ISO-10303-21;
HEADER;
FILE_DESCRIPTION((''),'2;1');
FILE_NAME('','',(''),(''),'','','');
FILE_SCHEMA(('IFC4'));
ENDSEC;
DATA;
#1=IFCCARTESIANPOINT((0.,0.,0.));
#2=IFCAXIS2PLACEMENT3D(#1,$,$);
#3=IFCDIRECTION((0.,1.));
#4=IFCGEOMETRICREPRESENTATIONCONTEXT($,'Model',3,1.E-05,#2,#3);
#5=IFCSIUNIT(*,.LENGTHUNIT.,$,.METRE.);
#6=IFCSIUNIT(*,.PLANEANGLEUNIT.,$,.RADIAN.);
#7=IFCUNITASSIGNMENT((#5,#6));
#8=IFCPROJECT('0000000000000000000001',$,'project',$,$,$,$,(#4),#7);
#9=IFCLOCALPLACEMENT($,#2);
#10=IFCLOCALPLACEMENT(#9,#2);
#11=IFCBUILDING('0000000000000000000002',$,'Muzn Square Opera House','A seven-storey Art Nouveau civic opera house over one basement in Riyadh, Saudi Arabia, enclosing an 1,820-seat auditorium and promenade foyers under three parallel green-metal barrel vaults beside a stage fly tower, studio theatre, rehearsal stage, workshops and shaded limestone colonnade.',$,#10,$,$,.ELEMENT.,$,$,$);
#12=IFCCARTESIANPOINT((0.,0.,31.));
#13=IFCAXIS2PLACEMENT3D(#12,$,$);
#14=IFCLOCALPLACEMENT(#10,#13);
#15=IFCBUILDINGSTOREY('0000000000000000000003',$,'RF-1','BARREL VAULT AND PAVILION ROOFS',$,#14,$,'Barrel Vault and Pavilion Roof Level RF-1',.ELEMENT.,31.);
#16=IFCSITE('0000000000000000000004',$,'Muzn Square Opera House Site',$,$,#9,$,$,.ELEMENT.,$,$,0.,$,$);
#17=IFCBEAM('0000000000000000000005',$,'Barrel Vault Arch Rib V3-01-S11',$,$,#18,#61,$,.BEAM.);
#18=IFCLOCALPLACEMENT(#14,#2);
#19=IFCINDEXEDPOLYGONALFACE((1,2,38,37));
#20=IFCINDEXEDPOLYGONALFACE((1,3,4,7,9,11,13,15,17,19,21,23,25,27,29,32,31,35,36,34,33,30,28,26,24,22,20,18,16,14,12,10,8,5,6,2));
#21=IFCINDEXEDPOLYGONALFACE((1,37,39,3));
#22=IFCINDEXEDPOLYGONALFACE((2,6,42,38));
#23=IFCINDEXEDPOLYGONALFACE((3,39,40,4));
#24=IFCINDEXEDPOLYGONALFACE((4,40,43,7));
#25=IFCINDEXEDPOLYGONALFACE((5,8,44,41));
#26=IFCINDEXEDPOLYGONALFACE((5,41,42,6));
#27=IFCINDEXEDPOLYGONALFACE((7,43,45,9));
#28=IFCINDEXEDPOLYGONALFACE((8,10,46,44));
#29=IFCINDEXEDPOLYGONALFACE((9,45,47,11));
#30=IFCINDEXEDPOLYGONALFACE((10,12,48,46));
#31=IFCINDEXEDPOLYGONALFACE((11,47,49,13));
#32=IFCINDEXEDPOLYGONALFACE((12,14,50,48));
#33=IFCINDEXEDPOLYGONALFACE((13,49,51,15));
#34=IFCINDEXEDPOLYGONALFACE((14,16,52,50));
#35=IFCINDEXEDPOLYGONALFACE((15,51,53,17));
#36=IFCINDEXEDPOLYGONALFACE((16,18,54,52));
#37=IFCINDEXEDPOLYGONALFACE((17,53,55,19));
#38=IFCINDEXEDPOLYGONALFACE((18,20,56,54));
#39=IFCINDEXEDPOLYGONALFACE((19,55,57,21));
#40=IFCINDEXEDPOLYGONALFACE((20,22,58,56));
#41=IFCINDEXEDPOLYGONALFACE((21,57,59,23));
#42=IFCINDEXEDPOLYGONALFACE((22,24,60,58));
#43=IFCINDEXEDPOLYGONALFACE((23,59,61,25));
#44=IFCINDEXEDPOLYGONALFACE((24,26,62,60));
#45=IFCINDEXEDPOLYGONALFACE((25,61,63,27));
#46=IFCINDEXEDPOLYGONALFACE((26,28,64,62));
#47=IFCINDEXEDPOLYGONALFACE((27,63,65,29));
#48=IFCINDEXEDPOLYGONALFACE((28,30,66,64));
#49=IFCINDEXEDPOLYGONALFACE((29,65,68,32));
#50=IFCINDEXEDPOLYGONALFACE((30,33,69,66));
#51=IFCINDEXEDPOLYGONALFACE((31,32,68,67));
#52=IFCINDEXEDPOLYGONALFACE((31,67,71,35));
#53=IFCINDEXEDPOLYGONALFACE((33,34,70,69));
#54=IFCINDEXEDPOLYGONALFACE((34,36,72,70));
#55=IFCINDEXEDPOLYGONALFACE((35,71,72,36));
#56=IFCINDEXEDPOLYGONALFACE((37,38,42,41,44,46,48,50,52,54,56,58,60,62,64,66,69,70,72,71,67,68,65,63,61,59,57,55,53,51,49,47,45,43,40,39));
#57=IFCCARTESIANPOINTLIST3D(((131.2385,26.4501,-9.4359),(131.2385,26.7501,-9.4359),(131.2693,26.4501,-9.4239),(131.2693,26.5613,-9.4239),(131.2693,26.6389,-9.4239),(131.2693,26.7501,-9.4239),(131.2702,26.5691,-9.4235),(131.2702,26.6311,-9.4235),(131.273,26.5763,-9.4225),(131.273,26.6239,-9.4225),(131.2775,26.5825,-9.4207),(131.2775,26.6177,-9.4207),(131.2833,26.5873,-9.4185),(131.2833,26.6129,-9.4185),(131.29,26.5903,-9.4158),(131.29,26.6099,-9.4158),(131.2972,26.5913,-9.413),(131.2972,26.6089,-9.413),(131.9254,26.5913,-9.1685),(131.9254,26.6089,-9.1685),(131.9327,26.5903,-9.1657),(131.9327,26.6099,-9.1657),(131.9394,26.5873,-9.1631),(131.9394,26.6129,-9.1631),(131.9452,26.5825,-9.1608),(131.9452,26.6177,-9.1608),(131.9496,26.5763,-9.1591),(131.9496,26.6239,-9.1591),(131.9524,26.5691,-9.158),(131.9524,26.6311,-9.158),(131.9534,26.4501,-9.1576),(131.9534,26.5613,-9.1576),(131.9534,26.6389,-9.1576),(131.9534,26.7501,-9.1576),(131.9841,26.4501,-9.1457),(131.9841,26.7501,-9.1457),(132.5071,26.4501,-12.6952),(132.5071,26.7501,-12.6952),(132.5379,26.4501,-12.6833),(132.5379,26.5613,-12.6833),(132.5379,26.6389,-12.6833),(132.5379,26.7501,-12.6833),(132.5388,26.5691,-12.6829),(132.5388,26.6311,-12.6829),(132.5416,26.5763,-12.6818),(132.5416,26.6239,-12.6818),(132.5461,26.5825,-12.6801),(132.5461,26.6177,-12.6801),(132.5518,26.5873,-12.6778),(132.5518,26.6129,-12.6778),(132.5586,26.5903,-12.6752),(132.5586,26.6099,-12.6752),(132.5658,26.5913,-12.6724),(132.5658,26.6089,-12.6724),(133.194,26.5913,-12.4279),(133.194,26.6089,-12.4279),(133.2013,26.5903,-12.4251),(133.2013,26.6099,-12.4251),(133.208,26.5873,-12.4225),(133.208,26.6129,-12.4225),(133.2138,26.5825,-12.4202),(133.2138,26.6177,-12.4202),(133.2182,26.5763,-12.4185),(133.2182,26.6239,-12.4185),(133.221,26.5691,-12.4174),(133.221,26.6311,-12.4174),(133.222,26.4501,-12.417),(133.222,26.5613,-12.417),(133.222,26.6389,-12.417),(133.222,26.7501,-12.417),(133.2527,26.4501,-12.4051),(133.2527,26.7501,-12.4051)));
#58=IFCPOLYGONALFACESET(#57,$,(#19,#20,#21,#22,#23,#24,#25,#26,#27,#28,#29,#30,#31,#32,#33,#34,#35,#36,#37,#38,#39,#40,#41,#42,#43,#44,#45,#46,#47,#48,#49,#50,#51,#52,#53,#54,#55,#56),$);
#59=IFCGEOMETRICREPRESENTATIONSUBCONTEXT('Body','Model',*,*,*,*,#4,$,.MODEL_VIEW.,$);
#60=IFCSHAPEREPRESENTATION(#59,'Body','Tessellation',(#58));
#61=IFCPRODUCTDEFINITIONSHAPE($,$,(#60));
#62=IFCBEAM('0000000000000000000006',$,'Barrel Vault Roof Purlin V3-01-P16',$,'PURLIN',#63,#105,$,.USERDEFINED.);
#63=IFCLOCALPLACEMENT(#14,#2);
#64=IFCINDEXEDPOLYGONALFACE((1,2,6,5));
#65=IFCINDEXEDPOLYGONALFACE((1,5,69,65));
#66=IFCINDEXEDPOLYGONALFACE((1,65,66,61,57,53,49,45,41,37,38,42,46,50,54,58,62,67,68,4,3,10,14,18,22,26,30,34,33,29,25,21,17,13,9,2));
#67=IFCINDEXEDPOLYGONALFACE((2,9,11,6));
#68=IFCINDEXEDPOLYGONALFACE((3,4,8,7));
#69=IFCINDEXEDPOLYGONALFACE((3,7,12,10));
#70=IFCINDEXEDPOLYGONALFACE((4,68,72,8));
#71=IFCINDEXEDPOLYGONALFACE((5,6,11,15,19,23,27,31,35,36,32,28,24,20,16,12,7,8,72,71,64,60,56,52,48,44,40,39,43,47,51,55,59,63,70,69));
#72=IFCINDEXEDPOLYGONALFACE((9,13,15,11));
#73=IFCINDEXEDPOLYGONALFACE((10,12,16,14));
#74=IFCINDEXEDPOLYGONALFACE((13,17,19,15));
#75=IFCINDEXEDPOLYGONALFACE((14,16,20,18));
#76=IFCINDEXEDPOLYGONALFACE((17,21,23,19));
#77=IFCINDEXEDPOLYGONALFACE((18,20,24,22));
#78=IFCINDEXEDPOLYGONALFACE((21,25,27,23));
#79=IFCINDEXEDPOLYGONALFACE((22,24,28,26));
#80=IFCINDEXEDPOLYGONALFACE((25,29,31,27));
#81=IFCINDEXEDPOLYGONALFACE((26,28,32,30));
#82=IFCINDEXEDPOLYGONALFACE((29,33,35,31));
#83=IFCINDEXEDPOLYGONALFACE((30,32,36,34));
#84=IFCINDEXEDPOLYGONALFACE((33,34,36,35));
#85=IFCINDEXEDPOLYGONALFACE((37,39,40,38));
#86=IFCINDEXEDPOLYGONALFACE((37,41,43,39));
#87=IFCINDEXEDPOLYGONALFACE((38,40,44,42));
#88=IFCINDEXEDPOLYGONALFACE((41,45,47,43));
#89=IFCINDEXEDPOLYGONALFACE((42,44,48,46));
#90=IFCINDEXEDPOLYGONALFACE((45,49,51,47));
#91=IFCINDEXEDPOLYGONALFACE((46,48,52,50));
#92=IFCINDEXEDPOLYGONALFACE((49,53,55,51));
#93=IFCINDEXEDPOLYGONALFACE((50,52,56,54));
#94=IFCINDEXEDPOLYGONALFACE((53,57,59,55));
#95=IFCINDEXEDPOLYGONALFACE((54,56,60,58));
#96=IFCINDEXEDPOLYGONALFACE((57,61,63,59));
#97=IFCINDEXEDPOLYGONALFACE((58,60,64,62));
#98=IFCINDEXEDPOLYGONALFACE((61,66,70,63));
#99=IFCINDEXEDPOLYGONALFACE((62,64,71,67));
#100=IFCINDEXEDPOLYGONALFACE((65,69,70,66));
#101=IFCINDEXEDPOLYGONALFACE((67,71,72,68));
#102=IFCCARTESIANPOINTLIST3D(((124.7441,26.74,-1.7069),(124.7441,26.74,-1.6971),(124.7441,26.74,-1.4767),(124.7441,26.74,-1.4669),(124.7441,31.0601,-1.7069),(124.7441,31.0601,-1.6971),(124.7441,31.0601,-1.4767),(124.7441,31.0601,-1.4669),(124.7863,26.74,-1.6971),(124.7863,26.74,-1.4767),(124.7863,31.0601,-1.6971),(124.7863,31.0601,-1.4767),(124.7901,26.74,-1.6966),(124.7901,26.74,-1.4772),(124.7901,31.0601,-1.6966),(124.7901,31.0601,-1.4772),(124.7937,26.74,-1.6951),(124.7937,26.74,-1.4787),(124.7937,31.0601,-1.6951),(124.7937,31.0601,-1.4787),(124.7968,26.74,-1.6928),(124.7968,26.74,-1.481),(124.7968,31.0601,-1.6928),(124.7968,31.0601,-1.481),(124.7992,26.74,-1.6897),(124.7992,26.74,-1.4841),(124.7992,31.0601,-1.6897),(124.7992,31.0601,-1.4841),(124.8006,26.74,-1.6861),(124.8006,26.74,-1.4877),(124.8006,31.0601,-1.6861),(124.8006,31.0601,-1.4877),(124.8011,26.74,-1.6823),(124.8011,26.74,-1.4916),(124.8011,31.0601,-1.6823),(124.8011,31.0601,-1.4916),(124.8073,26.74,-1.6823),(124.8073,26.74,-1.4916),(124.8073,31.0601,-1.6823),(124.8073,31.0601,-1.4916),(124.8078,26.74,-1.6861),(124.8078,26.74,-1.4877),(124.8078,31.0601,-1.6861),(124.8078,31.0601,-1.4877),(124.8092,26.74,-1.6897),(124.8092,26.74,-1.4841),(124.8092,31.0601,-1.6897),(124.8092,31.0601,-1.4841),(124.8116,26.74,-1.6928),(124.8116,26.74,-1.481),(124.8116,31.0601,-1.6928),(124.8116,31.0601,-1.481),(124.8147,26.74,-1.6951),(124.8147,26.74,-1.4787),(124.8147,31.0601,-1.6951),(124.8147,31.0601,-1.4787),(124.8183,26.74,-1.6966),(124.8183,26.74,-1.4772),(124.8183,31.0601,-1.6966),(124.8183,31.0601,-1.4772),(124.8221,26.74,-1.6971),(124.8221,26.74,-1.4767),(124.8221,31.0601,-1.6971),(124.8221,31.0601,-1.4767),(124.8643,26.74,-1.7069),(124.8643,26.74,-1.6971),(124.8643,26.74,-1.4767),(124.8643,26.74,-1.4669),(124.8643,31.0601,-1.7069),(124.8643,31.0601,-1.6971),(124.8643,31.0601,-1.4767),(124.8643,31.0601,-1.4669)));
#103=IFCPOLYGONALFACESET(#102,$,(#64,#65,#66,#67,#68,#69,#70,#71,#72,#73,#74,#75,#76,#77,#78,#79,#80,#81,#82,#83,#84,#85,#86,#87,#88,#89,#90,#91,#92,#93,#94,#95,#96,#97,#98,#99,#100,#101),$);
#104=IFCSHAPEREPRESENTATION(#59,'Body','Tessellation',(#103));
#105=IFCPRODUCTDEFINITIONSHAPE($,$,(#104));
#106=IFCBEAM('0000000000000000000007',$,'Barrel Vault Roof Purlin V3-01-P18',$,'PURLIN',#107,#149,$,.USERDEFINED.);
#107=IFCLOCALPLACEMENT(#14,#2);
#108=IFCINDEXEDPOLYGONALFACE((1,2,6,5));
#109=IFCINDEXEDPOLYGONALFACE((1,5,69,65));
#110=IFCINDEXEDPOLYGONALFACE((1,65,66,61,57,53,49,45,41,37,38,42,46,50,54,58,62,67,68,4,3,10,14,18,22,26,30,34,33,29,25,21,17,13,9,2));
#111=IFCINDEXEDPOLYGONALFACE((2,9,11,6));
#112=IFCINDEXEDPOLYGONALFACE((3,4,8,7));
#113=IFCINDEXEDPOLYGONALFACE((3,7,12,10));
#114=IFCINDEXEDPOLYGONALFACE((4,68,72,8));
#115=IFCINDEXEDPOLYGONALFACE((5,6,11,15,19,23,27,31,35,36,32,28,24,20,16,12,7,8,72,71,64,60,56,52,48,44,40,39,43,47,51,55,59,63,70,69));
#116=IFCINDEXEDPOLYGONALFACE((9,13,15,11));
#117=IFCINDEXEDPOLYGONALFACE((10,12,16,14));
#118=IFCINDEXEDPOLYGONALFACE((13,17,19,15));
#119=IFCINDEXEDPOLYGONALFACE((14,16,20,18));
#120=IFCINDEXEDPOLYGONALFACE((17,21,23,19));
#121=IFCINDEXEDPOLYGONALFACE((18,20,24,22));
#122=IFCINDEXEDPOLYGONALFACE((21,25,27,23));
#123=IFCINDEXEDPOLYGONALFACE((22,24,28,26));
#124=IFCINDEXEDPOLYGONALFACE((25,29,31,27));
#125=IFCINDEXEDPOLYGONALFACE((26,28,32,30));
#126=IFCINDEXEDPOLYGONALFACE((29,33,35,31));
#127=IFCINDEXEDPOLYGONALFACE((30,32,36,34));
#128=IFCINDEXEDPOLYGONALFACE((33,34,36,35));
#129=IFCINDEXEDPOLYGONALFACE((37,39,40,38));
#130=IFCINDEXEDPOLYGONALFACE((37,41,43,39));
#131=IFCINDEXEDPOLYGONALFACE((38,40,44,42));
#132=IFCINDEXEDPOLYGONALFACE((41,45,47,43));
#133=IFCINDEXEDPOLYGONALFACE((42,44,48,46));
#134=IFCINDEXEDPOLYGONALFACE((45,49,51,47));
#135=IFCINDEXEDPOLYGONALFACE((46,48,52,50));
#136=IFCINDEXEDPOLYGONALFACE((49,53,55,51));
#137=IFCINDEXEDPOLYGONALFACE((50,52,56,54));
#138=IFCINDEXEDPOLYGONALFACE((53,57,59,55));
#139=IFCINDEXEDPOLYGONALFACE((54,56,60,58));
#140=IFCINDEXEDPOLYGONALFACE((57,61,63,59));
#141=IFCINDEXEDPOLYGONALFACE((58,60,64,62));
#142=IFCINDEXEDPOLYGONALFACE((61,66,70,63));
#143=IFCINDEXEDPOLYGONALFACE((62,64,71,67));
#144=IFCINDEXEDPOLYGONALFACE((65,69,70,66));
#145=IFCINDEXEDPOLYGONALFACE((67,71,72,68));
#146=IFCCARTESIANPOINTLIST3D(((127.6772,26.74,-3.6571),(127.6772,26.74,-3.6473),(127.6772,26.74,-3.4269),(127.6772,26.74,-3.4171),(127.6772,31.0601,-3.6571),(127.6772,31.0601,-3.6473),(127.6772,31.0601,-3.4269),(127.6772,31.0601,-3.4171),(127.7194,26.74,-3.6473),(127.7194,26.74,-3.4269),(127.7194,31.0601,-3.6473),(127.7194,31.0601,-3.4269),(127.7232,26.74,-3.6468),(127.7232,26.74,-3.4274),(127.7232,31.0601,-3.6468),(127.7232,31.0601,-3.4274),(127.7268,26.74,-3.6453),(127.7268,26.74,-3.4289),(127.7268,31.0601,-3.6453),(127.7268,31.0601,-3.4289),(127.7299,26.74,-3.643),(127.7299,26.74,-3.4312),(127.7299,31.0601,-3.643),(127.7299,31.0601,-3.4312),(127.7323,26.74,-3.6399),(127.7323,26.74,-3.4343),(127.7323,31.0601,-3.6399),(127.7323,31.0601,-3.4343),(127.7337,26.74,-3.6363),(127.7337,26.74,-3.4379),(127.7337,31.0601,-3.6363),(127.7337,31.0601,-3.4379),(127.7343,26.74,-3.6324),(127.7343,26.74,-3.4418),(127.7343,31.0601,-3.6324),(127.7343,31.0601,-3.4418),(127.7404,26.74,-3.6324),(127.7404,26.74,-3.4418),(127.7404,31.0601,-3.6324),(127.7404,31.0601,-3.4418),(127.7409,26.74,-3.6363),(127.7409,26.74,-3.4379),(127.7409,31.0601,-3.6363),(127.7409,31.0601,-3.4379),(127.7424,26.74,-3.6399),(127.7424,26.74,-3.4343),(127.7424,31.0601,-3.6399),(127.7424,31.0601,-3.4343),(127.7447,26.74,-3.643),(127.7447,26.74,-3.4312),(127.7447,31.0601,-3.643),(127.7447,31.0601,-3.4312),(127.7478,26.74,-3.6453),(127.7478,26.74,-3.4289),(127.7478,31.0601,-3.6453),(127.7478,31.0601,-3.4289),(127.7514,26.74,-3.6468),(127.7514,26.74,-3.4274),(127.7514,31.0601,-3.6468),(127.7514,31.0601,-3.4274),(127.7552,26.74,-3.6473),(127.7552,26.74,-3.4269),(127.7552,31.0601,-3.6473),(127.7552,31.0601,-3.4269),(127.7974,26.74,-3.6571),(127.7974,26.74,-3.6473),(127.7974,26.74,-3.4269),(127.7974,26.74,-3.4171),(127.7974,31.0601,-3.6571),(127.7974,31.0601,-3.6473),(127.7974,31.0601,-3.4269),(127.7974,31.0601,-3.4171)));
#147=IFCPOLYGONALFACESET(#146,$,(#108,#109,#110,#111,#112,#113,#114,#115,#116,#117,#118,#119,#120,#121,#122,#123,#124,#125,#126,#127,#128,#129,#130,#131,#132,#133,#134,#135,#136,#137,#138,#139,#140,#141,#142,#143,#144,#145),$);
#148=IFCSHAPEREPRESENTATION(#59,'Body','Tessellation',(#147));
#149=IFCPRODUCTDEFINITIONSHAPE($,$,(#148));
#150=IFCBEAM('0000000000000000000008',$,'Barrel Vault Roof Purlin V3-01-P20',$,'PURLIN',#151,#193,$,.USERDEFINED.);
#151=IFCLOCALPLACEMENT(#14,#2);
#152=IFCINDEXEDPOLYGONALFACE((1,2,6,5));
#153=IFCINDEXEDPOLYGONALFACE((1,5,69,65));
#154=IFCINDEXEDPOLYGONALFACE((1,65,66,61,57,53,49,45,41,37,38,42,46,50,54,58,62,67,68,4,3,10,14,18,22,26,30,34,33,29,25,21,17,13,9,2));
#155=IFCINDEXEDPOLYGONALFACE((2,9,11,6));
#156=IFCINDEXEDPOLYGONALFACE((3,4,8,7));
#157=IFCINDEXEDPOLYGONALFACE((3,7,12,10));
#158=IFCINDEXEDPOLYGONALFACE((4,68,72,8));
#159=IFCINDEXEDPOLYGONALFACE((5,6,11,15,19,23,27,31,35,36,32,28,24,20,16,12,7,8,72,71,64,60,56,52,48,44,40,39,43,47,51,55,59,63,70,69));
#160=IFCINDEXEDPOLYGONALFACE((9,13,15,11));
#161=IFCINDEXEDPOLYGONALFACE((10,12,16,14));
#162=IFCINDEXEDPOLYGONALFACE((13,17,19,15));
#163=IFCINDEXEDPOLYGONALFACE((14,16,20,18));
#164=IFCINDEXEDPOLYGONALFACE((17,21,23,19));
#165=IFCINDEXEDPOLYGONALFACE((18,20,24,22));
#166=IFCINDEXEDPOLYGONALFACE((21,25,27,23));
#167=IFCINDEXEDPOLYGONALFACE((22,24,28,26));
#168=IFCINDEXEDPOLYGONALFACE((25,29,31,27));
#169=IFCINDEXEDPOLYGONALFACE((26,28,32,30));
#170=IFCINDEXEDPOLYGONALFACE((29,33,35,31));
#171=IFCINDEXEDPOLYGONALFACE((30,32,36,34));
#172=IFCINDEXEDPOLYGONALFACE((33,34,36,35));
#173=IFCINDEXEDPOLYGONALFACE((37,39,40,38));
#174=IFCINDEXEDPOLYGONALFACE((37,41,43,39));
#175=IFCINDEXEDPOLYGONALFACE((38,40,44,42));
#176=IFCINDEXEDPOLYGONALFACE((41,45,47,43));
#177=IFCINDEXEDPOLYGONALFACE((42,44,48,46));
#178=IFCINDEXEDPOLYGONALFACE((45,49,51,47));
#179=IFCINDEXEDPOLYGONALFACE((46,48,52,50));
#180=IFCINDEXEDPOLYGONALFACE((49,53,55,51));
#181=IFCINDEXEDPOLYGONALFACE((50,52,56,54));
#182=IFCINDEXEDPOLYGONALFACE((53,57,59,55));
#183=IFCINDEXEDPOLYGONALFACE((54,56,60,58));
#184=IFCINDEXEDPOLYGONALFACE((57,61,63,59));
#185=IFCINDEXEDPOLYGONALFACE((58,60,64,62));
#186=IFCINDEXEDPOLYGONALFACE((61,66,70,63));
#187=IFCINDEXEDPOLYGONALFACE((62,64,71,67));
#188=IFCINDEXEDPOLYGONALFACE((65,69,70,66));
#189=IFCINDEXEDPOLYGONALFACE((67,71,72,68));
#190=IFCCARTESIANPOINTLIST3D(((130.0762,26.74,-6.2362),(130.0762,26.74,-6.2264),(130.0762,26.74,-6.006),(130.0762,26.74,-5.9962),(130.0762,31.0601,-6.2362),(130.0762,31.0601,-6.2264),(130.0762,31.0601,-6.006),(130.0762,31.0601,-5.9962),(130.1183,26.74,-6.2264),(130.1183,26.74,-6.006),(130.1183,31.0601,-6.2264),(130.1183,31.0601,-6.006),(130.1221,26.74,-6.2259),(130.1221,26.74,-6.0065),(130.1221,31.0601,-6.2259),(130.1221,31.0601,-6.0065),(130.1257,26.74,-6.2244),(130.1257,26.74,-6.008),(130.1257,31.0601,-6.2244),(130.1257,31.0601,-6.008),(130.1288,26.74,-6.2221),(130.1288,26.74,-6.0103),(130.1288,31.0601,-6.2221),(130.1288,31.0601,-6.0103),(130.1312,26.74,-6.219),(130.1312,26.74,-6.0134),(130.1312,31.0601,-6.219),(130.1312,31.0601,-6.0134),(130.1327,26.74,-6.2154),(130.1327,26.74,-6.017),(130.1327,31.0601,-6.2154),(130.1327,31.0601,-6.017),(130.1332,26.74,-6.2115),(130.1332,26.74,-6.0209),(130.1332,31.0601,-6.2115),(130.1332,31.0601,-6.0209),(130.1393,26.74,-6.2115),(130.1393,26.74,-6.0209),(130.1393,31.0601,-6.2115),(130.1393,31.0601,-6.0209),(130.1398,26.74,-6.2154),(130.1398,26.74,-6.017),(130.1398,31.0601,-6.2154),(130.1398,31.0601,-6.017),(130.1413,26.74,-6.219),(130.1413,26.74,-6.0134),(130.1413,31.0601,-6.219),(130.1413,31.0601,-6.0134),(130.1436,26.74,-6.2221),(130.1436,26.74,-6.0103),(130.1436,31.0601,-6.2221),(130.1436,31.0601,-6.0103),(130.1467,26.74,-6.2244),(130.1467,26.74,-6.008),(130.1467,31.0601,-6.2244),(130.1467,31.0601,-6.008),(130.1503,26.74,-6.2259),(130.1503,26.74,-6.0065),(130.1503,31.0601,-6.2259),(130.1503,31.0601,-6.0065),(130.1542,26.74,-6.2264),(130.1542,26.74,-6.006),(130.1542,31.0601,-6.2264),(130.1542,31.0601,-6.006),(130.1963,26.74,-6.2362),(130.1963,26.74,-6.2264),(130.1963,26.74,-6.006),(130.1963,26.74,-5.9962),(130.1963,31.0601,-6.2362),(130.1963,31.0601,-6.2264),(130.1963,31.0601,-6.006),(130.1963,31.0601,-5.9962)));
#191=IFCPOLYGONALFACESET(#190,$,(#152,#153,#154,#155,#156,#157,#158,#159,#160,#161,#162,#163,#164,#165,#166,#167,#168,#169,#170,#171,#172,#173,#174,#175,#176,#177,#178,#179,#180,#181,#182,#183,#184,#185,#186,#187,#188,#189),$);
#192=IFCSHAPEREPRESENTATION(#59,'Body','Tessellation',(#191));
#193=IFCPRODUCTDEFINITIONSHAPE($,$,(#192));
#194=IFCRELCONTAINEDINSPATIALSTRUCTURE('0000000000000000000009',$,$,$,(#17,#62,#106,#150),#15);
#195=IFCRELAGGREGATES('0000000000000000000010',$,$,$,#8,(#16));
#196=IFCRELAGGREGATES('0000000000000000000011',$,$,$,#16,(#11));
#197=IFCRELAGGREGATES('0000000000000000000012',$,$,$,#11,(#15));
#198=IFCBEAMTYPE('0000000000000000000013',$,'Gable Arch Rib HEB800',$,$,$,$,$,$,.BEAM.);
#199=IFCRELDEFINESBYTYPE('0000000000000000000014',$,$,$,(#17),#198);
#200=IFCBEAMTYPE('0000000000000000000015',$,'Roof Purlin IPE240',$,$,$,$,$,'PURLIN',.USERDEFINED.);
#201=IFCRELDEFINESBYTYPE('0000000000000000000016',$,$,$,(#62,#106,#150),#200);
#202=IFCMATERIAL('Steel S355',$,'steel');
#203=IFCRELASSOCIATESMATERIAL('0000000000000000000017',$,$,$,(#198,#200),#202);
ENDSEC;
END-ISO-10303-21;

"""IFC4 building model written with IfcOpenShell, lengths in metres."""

from ifc_helpers import new_model, si_unit, direction, frame, origin, origin_2d, place, context, subcontext, project, spatial, i_section, extrude, material, material_profile, profile_set, type_object, element, save


model = new_model("IFC4")

# Units and contexts
model_context = context("Model", 3, precision=1e-05, world=origin(), true_north=direction((0.0, 1.0)))
body_context = subcontext(model_context, "Body", "Model", "MODEL_VIEW")
ifc_project = project(units=[si_unit("LENGTHUNIT", "METRE"), si_unit("PLANEANGLEUNIT", "RADIAN")], contexts=[model_context])

# Site, building, storey
site_placement = place(None, origin())
site = spatial("IfcSite", under=ifc_project, at=site_placement, Name="Muzn Square Opera House Site", CompositionType="ELEMENT", RefElevation=0.0)
building_placement = place(site_placement, origin())
building = spatial("IfcBuilding", under=site, at=building_placement, Name="Muzn Square Opera House", Description="A seven-storey Art Nouveau civic opera house over one basement in Riyadh, Saudi Arabia, enclosing an 1,820-seat auditorium and promenade foyers under three parallel green-metal barrel vaults beside a stage fly tower, studio theatre, rehearsal stage, workshops and shaded limestone colonnade.", CompositionType="ELEMENT")
storey_placement = place(building_placement, frame((0.0, 0.0, 31.0)))
storey = spatial("IfcBuildingStorey", under=building, at=storey_placement, Name="RF-1", Description="BARREL VAULT AND PAVILION ROOFS", LongName="Barrel Vault and Pavilion Roof Level RF-1", CompositionType="ELEMENT", Elevation=31.0)

# Beams
ifc_material_1 = material(Name="Steel S355", Category="steel")
ifc_material_profile_1 = material_profile(ifc_material_1, i_section(OverallWidth=0.3, OverallDepth=0.8, WebThickness=0.0176, FlangeThickness=0.033, FilletRadius=0.03, at=origin_2d()), Name="HEB 800", Category="steel")
ifc_profile_set_1 = profile_set([ifc_material_profile_1], Name="Steel S355")
beam_type_1 = type_object("IfcBeamType", Name="Gable Arch Rib HEB800", PredefinedType="BEAM", material=ifc_profile_set_1)
beam_1_placement = place(storey_placement, frame((131.6113, 26.6001, -9.2908), z_axis=(0.362709, 0.0, -0.931902), x_axis=(0.0, 1.0, 0.0)))
element("IfcBeam", 1, at=beam_1_placement, inside=storey, type_object=beam_type_1, Name="Barrel Vault Arch Rib V3-01-S11", PredefinedType="BEAM", context=body_context, shape_type="SweptSolid", body=[
    extrude(i_section(OverallWidth=0.3, OverallDepth=0.8, WebThickness=0.0176, FlangeThickness=0.033, FilletRadius=0.03, at=origin_2d()), origin(), (0.0, 0.0, 1.0), 3.4976),
])
ifc_material_profile_2 = material_profile(ifc_material_1, i_section(OverallWidth=0.1201, OverallDepth=0.24, WebThickness=0.0061, FlangeThickness=0.0098, FilletRadius=0.0149, at=origin_2d()), Name="IPE 240", Category="steel")
ifc_profile_set_2 = profile_set([ifc_material_profile_2], Name="Steel S355")
beam_type_2 = type_object("IfcBeamType", Name="Roof Purlin IPE240", ElementType="PURLIN", PredefinedType="USERDEFINED", material=ifc_profile_set_2)
for number, where, z_axis, x_axis, name in (
    (2, (124.8042, 26.74, -1.5869), (0.0, 1.0, 0.0), (-1.0, 0.0, 0.0), "Barrel Vault Roof Purlin V3-01-P16"),
    (3, (127.7373, 26.74, -3.5371), (0.0, 1.0, 0.0), (-1.0, 0.0, 0.0), "Barrel Vault Roof Purlin V3-01-P18"),
    (4, (130.1362, 26.74, -6.1162), (0.0, 1.0, 0.0), (-1.0, 0.0, 0.0), "Barrel Vault Roof Purlin V3-01-P20"),
):
    element("IfcBeam", number, at=place(storey_placement, frame(where, z_axis=z_axis, x_axis=x_axis)), inside=storey, type_object=beam_type_2, Name=name, ObjectType="PURLIN", PredefinedType="USERDEFINED", context=body_context, shape_type="SweptSolid", body=[
        extrude(i_section(OverallWidth=0.1201, OverallDepth=0.24, WebThickness=0.0061, FlangeThickness=0.0098, FilletRadius=0.0149, at=origin_2d()), origin(), (0.0, 0.0, 1.0), 4.3201),
    ])

save(model, "model.ifc")
